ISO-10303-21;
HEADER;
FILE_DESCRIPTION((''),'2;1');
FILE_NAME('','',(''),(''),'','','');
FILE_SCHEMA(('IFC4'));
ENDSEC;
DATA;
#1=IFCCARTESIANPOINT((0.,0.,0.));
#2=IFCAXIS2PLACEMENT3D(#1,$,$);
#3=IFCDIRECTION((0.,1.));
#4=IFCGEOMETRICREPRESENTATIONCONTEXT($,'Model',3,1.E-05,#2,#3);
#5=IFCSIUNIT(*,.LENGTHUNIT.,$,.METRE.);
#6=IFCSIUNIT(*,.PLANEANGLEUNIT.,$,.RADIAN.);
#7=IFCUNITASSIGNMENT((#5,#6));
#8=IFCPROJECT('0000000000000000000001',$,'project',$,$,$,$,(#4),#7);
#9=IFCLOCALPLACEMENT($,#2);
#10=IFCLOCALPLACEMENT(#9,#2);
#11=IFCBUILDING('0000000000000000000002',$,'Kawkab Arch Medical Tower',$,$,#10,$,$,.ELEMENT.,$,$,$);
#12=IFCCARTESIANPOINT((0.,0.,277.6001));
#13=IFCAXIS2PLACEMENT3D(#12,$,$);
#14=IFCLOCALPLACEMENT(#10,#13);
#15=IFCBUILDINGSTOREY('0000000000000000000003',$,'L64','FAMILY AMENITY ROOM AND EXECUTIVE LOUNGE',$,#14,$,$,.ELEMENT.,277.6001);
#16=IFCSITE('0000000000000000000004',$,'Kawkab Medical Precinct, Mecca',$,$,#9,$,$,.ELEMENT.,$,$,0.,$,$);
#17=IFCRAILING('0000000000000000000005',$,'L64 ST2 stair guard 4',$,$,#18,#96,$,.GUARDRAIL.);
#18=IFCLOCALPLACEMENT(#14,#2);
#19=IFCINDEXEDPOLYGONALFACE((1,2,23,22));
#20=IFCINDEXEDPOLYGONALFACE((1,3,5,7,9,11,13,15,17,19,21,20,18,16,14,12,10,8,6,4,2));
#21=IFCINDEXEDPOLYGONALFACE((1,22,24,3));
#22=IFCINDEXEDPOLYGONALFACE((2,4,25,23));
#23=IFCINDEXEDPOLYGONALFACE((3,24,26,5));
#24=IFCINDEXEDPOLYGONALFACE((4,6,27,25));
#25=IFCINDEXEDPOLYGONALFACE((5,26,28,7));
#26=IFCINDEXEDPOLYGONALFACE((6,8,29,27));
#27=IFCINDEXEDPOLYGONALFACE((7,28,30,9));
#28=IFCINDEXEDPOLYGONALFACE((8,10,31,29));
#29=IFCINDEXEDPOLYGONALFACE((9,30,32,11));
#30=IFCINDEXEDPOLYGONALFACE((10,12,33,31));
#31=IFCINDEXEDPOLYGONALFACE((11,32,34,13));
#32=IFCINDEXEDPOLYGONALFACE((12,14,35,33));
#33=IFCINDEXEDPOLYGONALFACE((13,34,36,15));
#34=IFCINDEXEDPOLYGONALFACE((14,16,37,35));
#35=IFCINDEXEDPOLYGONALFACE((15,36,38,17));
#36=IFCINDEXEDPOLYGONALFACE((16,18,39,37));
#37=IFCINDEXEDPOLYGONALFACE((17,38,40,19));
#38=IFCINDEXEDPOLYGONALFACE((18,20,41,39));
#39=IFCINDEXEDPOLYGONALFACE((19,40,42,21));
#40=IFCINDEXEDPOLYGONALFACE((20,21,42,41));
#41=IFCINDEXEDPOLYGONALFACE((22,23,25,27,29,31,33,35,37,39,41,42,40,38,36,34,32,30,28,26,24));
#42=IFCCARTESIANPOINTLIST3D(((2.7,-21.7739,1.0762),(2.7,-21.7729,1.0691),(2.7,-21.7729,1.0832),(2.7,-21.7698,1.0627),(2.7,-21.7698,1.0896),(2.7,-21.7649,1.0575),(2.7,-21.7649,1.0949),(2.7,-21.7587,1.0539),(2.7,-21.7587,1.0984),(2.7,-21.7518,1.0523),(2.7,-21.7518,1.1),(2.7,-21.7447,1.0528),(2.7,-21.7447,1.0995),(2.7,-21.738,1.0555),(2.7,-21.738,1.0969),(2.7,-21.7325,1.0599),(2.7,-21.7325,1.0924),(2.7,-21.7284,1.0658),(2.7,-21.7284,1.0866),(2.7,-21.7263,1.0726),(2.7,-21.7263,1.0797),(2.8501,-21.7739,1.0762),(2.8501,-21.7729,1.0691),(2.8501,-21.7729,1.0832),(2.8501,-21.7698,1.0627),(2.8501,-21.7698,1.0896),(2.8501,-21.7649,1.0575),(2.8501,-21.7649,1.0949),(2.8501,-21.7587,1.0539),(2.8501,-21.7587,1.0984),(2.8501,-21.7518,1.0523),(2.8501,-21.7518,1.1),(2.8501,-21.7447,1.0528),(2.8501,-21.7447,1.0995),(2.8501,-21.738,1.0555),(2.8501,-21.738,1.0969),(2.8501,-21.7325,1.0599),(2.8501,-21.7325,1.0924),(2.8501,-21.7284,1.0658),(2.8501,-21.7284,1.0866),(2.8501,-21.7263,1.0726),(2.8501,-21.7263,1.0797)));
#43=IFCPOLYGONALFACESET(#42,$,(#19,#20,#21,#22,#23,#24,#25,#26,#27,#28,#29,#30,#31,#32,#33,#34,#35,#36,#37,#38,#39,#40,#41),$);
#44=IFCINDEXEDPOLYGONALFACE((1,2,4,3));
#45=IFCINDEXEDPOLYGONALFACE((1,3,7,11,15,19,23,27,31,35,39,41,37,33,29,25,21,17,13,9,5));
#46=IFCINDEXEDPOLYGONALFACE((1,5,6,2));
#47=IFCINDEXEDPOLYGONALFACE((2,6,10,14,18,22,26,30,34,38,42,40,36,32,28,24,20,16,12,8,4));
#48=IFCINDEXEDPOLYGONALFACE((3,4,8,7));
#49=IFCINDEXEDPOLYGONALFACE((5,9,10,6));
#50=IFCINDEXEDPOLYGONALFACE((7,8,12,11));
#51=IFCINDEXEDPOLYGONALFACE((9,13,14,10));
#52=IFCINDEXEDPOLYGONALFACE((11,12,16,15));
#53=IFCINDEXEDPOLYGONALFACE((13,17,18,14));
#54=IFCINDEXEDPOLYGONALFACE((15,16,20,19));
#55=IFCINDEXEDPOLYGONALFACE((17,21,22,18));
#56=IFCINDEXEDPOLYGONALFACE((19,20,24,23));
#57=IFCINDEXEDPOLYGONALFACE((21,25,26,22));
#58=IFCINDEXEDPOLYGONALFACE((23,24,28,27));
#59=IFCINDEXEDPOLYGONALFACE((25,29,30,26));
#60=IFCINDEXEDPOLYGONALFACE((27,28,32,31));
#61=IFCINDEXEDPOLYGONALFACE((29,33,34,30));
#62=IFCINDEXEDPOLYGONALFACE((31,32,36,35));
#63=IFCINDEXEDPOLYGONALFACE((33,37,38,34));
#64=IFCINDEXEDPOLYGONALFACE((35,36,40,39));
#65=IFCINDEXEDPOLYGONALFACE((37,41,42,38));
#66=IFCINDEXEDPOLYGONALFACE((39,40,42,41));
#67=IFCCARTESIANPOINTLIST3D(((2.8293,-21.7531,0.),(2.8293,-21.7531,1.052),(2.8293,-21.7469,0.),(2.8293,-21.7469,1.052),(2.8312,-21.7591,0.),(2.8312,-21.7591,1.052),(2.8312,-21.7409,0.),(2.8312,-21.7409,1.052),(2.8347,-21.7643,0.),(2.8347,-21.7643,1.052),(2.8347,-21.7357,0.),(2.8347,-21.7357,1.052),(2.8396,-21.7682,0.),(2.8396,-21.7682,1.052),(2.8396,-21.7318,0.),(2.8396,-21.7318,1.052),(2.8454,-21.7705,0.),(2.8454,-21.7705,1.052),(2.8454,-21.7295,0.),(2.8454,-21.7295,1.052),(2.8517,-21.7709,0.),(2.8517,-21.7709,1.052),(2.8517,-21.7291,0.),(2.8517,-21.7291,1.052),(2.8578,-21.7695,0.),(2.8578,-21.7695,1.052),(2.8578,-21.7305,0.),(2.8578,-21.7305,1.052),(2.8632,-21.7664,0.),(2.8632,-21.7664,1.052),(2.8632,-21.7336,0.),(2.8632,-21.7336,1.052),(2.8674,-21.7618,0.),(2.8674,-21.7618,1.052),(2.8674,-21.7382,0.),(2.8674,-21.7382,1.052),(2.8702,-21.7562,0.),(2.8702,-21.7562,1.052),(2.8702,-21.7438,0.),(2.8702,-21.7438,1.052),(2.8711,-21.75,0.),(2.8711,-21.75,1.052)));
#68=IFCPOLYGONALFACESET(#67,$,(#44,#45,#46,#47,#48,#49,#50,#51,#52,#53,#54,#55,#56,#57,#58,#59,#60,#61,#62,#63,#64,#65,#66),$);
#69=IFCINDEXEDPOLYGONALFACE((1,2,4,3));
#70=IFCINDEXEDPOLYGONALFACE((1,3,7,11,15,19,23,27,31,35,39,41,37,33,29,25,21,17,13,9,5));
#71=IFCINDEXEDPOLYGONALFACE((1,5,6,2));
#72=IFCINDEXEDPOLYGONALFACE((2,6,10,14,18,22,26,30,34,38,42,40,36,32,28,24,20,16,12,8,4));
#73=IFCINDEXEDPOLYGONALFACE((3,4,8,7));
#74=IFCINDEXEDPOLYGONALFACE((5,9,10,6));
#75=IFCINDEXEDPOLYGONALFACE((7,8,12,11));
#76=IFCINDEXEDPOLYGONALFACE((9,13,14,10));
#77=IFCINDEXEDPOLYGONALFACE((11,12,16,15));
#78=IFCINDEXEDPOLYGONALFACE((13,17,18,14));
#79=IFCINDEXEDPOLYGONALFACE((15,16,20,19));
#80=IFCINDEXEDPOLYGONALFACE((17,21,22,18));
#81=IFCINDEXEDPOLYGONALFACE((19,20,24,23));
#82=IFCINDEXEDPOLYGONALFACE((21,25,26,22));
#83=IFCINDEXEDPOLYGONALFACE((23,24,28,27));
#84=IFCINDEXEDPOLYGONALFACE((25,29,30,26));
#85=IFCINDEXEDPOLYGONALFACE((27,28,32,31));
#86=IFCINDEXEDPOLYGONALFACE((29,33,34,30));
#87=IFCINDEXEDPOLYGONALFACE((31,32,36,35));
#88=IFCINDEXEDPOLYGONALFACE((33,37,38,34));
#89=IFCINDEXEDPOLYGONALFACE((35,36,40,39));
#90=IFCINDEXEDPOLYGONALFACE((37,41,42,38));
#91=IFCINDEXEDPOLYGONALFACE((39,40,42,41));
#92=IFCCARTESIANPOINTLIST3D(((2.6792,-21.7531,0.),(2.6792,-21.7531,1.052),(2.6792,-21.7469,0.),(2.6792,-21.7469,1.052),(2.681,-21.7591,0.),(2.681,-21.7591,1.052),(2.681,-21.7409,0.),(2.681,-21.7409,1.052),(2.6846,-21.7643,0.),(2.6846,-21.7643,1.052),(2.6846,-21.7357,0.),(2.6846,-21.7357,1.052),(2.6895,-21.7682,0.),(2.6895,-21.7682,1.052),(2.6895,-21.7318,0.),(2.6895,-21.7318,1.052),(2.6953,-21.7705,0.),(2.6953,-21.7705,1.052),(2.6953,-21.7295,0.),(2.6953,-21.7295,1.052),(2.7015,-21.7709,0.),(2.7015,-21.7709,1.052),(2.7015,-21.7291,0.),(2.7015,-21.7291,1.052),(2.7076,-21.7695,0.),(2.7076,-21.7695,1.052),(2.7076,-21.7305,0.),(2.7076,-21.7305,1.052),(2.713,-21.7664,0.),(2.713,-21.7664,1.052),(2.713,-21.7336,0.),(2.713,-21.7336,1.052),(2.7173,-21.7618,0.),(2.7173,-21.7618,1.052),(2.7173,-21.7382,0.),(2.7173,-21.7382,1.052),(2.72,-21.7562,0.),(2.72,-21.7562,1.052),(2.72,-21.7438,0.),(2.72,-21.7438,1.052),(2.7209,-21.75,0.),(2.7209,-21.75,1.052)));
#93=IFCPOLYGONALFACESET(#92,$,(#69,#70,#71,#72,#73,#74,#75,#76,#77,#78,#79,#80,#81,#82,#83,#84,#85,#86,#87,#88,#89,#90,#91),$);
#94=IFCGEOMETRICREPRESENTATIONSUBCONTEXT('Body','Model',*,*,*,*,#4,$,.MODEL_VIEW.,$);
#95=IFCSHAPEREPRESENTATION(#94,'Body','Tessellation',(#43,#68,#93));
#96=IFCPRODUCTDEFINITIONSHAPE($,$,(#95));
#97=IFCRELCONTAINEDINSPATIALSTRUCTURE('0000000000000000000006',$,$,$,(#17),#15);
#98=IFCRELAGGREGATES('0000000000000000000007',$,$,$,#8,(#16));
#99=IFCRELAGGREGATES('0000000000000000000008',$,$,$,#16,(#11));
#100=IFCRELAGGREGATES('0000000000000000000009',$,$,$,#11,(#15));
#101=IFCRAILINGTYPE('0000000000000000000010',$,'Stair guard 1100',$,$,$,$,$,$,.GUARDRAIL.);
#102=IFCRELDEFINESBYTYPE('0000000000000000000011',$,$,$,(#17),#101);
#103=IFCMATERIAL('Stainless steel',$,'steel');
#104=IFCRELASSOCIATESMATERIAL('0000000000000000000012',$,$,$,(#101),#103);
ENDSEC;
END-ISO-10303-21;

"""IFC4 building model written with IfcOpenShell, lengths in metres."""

from ifc_helpers import new_model, si_unit, direction, frame, origin, origin_2d, place, context, subcontext, project, spatial, circle, extrude, material, type_object, element, save


model = new_model("IFC4")

# Units and contexts
model_context = context("Model", 3, precision=1e-05, world=origin(), true_north=direction((0.0, 1.0)))
body_context = subcontext(model_context, "Body", "Model", "MODEL_VIEW")
ifc_project = project(units=[si_unit("LENGTHUNIT", "METRE"), si_unit("PLANEANGLEUNIT", "RADIAN")], contexts=[model_context])

# Site, building, storey
site_placement = place(None, origin())
site = spatial("IfcSite", under=ifc_project, at=site_placement, Name="Kawkab Medical Precinct, Mecca", CompositionType="ELEMENT", RefElevation=0.0)
building_placement = place(site_placement, origin())
building = spatial("IfcBuilding", under=site, at=building_placement, Name="Kawkab Arch Medical Tower", CompositionType="ELEMENT")
storey_placement = place(building_placement, frame((0.0, 0.0, 277.6001)))
storey = spatial("IfcBuildingStorey", under=building, at=storey_placement, Name="L64", Description="FAMILY AMENITY ROOM AND EXECUTIVE LOUNGE", CompositionType="ELEMENT", Elevation=277.6001)

# Railing
ifc_material_1 = material(Name="Stainless steel", Category="steel")
railing_type = type_object("IfcRailingType", Name="Stair guard 1100", PredefinedType="GUARDRAIL", material=ifc_material_1)
railing_1_placement = place(storey_placement, frame((2.8501, -21.75, 0.0)))
element("IfcRailing", 1, at=railing_1_placement, inside=storey, type_object=railing_type, Name="L64 ST2 stair guard 4", PredefinedType="GUARDRAIL", context=body_context, shape_type="SweptSolid", body=[
    extrude(circle(Radius=0.0239, at=origin_2d()), frame((0.0, 0.0, 1.0762), z_axis=(-1.0, 0.0, 0.0), x_axis=(0.0, -1.0, 0.0)), (0.0, 0.0, 1.0), 0.1501),
    extrude(circle(Radius=0.021, at=origin_2d()), origin(), (0.0, 0.0, 1.0), 1.052),
    extrude(circle(Radius=0.021, at=origin_2d()), frame((-0.1501, 0.0, 0.0)), (0.0, 0.0, 1.0), 1.052),
])

save(model, "model.ifc")
